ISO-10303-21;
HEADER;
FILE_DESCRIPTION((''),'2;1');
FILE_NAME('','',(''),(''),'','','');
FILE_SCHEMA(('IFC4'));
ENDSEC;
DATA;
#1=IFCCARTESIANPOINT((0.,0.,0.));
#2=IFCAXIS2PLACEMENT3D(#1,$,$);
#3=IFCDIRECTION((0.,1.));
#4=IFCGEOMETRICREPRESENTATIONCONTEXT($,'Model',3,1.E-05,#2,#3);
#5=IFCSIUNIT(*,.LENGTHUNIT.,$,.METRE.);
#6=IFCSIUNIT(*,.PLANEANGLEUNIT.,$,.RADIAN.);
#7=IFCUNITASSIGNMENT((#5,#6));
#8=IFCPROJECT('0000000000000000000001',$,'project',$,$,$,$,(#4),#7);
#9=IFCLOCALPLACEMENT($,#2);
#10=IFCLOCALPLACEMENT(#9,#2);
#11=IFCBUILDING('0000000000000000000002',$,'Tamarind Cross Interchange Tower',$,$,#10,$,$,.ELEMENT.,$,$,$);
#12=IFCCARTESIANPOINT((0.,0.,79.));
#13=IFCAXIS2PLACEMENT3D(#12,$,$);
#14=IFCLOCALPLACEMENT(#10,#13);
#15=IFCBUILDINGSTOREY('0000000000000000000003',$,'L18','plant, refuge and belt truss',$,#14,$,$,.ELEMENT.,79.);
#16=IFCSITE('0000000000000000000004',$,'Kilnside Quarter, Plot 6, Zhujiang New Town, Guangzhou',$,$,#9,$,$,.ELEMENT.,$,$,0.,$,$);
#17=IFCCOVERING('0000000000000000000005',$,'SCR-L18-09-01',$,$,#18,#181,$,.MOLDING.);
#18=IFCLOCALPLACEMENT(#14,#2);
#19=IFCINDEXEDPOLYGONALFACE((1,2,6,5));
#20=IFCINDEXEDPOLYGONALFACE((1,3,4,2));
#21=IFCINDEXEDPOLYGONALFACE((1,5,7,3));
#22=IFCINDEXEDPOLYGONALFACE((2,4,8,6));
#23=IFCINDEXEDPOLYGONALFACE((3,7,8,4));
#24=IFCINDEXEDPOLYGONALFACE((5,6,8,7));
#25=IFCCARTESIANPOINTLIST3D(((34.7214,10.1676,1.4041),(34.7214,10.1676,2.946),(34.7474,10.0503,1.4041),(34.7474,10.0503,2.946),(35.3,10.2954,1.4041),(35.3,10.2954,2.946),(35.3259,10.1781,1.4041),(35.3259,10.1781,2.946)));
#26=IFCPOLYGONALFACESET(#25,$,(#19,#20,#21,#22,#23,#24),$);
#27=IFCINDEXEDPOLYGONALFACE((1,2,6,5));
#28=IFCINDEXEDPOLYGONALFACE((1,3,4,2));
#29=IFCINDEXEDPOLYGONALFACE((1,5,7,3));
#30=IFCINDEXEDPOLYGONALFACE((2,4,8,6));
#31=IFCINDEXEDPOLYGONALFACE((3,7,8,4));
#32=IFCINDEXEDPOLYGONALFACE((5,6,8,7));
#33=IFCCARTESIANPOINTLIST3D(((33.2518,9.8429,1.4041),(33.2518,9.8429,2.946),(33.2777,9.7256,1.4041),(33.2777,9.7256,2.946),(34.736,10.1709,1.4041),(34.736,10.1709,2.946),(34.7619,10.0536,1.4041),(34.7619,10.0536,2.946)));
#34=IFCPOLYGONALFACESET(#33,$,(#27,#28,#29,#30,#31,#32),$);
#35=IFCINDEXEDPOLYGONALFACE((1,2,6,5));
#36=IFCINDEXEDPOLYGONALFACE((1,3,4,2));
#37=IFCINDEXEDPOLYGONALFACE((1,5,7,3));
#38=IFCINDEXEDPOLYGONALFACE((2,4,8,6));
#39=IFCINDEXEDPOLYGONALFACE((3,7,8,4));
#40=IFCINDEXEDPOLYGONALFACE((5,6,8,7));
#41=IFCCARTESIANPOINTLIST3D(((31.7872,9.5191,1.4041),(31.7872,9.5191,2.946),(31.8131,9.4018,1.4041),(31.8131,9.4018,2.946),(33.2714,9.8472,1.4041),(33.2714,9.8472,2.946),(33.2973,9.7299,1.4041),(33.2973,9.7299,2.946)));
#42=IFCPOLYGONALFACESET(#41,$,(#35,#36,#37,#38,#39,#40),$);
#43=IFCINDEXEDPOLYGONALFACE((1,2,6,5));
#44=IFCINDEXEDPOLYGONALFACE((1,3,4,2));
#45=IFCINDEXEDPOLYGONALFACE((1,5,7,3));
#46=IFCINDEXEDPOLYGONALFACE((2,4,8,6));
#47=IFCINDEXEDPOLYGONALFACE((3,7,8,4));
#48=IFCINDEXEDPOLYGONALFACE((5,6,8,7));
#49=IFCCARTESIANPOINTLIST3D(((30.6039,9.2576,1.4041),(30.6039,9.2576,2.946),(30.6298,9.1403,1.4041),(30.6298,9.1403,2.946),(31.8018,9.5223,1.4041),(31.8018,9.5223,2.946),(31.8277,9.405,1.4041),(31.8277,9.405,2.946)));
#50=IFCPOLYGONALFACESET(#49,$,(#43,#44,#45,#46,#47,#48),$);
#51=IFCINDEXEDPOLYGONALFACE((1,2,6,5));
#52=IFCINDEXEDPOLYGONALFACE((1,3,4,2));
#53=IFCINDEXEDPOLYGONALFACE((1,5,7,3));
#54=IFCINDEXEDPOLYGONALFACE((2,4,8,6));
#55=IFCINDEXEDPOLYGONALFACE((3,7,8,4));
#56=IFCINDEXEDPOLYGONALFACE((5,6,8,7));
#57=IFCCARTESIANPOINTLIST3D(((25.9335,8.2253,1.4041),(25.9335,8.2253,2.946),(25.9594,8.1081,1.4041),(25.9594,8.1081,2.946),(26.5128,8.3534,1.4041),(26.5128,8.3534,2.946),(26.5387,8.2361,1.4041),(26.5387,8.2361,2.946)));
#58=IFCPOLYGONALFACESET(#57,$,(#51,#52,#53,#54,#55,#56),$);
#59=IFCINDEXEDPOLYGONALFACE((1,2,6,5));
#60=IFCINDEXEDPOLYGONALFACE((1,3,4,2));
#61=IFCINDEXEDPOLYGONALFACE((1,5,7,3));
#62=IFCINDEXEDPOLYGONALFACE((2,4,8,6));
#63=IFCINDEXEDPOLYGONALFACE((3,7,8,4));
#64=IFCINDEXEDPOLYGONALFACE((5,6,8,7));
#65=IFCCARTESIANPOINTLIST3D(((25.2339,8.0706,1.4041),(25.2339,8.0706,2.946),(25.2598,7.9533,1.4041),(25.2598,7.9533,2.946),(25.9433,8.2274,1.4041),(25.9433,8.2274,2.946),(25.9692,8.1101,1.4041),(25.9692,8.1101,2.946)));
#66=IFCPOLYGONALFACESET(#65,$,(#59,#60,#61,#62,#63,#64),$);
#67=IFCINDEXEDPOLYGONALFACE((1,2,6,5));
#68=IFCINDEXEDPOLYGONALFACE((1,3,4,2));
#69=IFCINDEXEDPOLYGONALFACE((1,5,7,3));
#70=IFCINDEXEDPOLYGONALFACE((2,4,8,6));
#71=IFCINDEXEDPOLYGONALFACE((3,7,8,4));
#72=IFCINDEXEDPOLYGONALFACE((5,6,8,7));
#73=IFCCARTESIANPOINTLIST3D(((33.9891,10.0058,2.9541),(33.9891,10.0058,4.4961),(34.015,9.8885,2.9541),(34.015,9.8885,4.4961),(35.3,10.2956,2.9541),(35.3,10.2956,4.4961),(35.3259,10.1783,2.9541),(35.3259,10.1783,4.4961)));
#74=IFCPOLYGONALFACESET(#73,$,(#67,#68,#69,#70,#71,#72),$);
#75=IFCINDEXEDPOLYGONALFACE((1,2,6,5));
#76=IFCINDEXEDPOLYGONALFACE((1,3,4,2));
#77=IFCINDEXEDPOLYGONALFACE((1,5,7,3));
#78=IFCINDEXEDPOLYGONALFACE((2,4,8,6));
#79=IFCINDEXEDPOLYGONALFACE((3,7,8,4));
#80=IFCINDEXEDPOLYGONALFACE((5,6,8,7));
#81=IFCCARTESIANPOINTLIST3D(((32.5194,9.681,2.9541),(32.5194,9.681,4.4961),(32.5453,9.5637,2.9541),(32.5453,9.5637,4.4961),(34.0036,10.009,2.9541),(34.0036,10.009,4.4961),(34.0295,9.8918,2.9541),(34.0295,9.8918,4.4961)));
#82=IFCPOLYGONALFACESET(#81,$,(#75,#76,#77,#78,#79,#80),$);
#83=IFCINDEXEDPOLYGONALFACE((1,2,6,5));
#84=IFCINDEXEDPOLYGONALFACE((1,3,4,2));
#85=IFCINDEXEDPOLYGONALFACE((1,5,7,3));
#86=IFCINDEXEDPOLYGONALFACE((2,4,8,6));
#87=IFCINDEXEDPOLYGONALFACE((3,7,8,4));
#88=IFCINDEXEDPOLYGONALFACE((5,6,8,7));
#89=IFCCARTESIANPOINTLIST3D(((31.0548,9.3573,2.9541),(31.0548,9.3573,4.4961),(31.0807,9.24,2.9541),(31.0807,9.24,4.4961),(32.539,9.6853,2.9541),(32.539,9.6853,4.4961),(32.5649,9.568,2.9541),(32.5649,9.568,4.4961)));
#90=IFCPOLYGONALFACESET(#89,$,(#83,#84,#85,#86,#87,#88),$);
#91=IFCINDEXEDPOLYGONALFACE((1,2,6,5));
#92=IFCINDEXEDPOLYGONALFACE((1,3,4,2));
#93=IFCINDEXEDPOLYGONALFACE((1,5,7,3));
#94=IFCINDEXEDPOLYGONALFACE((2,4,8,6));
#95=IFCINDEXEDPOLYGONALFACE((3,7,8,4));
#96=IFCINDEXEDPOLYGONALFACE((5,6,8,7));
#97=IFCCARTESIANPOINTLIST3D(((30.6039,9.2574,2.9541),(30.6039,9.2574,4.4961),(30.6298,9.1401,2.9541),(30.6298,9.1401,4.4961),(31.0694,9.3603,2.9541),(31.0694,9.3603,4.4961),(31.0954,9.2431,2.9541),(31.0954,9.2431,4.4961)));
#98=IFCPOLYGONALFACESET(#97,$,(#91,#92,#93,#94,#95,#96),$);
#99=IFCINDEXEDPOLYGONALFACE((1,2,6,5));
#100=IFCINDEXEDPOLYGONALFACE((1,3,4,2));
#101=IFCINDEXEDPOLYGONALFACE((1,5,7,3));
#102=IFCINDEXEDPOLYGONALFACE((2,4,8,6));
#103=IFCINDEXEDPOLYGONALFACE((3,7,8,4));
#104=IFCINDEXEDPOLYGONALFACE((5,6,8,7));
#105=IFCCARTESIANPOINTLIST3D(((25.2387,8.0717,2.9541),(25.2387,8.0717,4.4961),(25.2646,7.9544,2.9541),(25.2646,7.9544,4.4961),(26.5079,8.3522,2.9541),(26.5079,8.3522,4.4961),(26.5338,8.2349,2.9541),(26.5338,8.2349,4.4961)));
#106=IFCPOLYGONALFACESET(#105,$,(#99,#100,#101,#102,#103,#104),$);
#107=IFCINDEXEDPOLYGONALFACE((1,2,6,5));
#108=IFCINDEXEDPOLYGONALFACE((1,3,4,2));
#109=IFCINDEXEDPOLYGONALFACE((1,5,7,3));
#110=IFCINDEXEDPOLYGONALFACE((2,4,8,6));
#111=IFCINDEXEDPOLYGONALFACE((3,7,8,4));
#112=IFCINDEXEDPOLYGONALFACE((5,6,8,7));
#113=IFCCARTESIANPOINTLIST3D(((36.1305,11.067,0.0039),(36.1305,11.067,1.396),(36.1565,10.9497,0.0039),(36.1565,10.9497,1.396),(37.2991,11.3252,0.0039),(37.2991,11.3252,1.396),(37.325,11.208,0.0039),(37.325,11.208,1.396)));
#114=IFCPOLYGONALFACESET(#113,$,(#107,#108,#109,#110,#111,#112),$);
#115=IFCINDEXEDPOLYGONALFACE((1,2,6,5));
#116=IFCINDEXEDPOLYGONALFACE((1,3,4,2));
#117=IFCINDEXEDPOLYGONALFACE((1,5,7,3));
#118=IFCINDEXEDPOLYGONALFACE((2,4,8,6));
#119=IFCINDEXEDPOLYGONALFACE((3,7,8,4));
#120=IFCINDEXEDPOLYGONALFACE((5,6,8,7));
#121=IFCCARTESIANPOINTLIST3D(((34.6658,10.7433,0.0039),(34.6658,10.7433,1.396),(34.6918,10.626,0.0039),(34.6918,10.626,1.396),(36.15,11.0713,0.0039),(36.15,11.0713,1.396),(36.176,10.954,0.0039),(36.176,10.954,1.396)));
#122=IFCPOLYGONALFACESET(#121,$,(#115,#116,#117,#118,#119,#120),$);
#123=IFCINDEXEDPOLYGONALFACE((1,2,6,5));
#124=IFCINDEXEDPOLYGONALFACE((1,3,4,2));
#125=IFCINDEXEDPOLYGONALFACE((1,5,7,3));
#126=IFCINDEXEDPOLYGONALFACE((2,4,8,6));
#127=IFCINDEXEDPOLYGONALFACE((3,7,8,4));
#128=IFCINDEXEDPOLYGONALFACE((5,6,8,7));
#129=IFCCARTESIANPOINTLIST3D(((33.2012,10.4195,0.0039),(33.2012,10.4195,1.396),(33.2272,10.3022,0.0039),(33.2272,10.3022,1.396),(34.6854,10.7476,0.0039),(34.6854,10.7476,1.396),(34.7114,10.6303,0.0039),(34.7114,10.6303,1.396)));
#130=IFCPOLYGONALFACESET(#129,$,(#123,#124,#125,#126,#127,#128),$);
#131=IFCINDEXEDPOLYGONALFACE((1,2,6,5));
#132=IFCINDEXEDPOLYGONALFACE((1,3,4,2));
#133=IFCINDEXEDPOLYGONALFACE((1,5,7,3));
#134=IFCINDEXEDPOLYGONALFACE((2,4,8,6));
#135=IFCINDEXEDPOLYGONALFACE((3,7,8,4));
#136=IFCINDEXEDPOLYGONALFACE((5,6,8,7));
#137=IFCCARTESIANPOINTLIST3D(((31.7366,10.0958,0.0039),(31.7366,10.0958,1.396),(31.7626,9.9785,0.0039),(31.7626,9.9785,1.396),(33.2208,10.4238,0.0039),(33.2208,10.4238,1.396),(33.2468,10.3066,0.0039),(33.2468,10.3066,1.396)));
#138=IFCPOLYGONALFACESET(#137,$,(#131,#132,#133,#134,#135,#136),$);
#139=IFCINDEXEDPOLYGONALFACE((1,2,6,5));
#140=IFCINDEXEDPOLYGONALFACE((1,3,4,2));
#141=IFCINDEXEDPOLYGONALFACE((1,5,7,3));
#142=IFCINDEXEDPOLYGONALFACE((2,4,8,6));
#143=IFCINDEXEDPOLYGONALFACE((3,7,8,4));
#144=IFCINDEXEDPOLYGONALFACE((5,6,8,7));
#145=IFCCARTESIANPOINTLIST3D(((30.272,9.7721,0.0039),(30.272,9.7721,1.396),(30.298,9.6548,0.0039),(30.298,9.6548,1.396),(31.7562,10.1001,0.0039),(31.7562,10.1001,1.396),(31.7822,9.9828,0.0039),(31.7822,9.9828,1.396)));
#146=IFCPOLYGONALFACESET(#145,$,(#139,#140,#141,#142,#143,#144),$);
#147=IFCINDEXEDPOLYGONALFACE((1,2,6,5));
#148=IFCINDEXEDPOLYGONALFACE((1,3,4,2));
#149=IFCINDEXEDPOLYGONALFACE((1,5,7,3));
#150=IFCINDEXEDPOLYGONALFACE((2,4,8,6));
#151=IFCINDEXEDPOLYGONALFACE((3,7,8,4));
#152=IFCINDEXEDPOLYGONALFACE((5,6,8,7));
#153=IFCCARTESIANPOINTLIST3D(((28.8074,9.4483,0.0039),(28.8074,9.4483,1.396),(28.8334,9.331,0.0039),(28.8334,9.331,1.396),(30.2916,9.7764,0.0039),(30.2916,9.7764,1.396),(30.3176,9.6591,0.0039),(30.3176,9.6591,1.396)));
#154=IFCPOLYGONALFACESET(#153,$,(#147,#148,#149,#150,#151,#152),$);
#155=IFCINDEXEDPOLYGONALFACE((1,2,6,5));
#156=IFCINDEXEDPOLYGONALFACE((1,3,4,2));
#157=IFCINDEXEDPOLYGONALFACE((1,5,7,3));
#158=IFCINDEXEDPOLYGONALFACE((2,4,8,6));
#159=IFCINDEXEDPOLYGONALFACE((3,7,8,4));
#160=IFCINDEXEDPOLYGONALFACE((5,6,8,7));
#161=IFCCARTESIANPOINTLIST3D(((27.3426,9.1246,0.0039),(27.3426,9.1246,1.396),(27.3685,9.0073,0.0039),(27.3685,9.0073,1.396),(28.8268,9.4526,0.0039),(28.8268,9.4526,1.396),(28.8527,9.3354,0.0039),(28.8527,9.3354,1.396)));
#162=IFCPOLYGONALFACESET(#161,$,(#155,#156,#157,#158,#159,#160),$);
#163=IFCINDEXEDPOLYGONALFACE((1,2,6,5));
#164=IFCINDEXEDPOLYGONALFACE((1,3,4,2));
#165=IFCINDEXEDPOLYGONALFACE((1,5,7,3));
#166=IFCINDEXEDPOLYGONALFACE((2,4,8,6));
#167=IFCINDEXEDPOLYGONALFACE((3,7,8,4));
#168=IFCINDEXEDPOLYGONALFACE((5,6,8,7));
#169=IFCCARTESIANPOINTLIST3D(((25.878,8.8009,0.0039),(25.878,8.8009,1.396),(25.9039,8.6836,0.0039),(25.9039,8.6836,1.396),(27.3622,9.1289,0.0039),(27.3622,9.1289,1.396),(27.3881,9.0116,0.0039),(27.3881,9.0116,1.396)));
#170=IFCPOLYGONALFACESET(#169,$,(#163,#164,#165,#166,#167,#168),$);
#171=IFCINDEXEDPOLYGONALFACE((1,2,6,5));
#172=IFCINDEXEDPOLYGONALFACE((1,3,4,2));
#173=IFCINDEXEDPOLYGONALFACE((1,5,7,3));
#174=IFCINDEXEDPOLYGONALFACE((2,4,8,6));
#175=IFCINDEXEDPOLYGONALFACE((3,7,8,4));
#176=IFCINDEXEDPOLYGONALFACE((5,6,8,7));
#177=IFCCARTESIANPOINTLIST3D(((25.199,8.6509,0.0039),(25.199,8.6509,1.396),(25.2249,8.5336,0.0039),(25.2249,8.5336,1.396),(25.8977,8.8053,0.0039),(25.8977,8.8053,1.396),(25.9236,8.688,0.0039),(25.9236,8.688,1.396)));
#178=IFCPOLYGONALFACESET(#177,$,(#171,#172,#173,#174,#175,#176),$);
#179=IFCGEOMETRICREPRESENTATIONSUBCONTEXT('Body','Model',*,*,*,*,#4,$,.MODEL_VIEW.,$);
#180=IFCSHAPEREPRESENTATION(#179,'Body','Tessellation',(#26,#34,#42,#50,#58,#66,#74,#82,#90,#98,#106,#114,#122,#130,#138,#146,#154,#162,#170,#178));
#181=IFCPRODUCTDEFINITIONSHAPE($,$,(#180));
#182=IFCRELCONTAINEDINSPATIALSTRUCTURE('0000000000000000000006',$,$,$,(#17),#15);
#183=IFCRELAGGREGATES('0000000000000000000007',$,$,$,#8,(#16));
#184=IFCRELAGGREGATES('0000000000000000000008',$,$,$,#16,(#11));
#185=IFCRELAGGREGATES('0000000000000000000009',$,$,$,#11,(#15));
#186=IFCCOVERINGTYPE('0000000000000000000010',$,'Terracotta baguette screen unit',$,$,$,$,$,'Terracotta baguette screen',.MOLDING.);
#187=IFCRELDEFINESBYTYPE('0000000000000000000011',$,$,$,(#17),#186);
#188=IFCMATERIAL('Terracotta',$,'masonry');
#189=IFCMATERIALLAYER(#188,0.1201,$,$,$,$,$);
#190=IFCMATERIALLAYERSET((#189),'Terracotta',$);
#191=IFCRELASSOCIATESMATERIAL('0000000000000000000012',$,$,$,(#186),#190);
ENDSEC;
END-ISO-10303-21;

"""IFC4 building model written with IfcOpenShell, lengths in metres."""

from ifc_helpers import new_model, si_unit, direction, frame, origin, origin_2d, place, context, subcontext, project, spatial, rectangle, extrude, material, layer, layer_set, type_object, element, save


model = new_model("IFC4")

# Units and contexts
model_context = context("Model", 3, precision=1e-05, world=origin(), true_north=direction((0.0, 1.0)))
body_context = subcontext(model_context, "Body", "Model", "MODEL_VIEW")
ifc_project = project(units=[si_unit("LENGTHUNIT", "METRE"), si_unit("PLANEANGLEUNIT", "RADIAN")], contexts=[model_context])

# Site, building, storey
site_placement = place(None, origin())
site = spatial("IfcSite", under=ifc_project, at=site_placement, Name="Kilnside Quarter, Plot 6, Zhujiang New Town, Guangzhou", CompositionType="ELEMENT", RefElevation=0.0)
building_placement = place(site_placement, origin())
building = spatial("IfcBuilding", under=site, at=building_placement, Name="Tamarind Cross Interchange Tower", CompositionType="ELEMENT")
storey_placement = place(building_placement, frame((0.0, 0.0, 79.0)))
storey = spatial("IfcBuildingStorey", under=building, at=storey_placement, Name="L18", Description="plant, refuge and belt truss", CompositionType="ELEMENT", Elevation=79.0)

# Covering
ifc_material_1 = material(Name="Terracotta", Category="masonry")
ifc_layer_1 = layer(ifc_material_1, 0.1201)
ifc_layer_set_1 = layer_set([ifc_layer_1], Name="Terracotta")
covering_type = type_object("IfcCoveringType", Name="Terracotta baguette screen unit", ElementType="Terracotta baguette screen", PredefinedType="MOLDING", material=ifc_layer_set_1)
covering_1_placement = place(storey_placement, origin())
element("IfcCovering", 1, at=covering_1_placement, inside=storey, type_object=covering_type, Name="SCR-L18-09-01", PredefinedType="MOLDING", context=body_context, shape_type="SweptSolid", body=[
    extrude(rectangle(XDim=0.5925, YDim=0.1201, at=origin_2d()), frame((35.0237, 10.1729, 1.4041), z_axis=(0.0, 0.0, 1.0), x_axis=(-0.976433, -0.21582, 0.0)), (0.0, 0.0, 1.0), 1.542),
    extrude(rectangle(XDim=1.52, YDim=0.1201, at=origin_2d()), frame((34.0068, 9.9482, 1.4041), z_axis=(0.0, 0.0, 1.0), x_axis=(-0.976433, -0.21582, 0.0)), (0.0, 0.0, 1.0), 1.542),
    extrude(rectangle(XDim=1.52, YDim=0.1201, at=origin_2d()), frame((32.5422, 9.6245, 1.4041), z_axis=(0.0, 0.0, 1.0), x_axis=(-0.976433, -0.21582, 0.0)), (0.0, 0.0, 1.0), 1.542),
    extrude(rectangle(XDim=1.2268, YDim=0.1201, at=origin_2d()), frame((31.2158, 9.3313, 1.4041), z_axis=(0.0, 0.0, 1.0), x_axis=(-0.976433, -0.21582, 0.0)), (0.0, 0.0, 1.0), 1.542),
    extrude(rectangle(XDim=0.5933, YDim=0.1201, at=origin_2d()), frame((26.2361, 8.2307, 1.4041), z_axis=(0.0, 0.0, 1.0), x_axis=(-0.976433, -0.21582, 0.0)), (0.0, 0.0, 1.0), 1.542),
    extrude(rectangle(XDim=0.7266, YDim=0.1201, at=origin_2d()), frame((25.6016, 8.0903, 1.4041), z_axis=(0.0, 0.0, 1.0), x_axis=(-0.976433, -0.21582, 0.0)), (0.0, 0.0, 1.0), 1.542),
    extrude(rectangle(XDim=1.3425, YDim=0.1201, at=origin_2d()), frame((34.6575, 10.092, 2.9541), z_axis=(0.0, 0.0, 1.0), x_axis=(-0.976433, -0.21582, 0.0)), (0.0, 0.0, 1.0), 1.542),
    extrude(rectangle(XDim=1.52, YDim=0.1201, at=origin_2d()), frame((33.2744, 9.7864, 2.9541), z_axis=(0.0, 0.0, 1.0), x_axis=(-0.976433, -0.21582, 0.0)), (0.0, 0.0, 1.0), 1.542),
    extrude(rectangle(XDim=1.52, YDim=0.1201, at=origin_2d()), frame((31.8098, 9.4626, 2.9541), z_axis=(0.0, 0.0, 1.0), x_axis=(-0.976433, -0.21582, 0.0)), (0.0, 0.0, 1.0), 1.542),
    extrude(rectangle(XDim=0.4768, YDim=0.1201, at=origin_2d()), frame((30.8496, 9.2502, 2.9541), z_axis=(0.0, 0.0, 1.0), x_axis=(-0.976433, -0.21582, 0.0)), (0.0, 0.0, 1.0), 1.542),
    extrude(rectangle(XDim=1.2998, YDim=0.1201, at=origin_2d()), frame((25.8862, 8.1533, 2.9541), z_axis=(0.0, 0.0, 1.0), x_axis=(-0.976433, -0.21582, 0.0)), (0.0, 0.0, 1.0), 1.542),
    extrude(rectangle(XDim=1.1968, YDim=0.1201, at=origin_2d()), frame((36.7278, 11.1375, 0.0039), z_axis=(0.0, 0.0, 1.0), x_axis=(-0.976433, -0.21582, 0.0)), (0.0, 0.0, 1.0), 1.3921),
    extrude(rectangle(XDim=1.52, YDim=0.1201, at=origin_2d()), frame((35.4209, 10.8486, 0.0039), z_axis=(0.0, 0.0, 1.0), x_axis=(-0.976433, -0.21582, 0.0)), (0.0, 0.0, 1.0), 1.3921),
    extrude(rectangle(XDim=1.52, YDim=0.1201, at=origin_2d()), frame((33.9563, 10.5249, 0.0039), z_axis=(0.0, 0.0, 1.0), x_axis=(-0.976433, -0.21582, 0.0)), (0.0, 0.0, 1.0), 1.3921),
    extrude(rectangle(XDim=1.52, YDim=0.1201, at=origin_2d()), frame((32.4917, 10.2012, 0.0039), z_axis=(0.0, 0.0, 1.0), x_axis=(-0.976433, -0.21582, 0.0)), (0.0, 0.0, 1.0), 1.3921),
    extrude(rectangle(XDim=1.52, YDim=0.1201, at=origin_2d()), frame((31.0271, 9.8774, 0.0039), z_axis=(0.0, 0.0, 1.0), x_axis=(-0.976433, -0.21582, 0.0)), (0.0, 0.0, 1.0), 1.3921),
    extrude(rectangle(XDim=1.52, YDim=0.1201, at=origin_2d()), frame((29.5625, 9.5537, 0.0039), z_axis=(0.0, 0.0, 1.0), x_axis=(-0.976433, -0.21582, 0.0)), (0.0, 0.0, 1.0), 1.3921),
    extrude(rectangle(XDim=1.52, YDim=0.1201, at=origin_2d()), frame((28.0977, 9.23, 0.0039), z_axis=(0.0, 0.0, 1.0), x_axis=(-0.976433, -0.21582, 0.0)), (0.0, 0.0, 1.0), 1.3921),
    extrude(rectangle(XDim=1.52, YDim=0.1201, at=origin_2d()), frame((26.6331, 8.9062, 0.0039), z_axis=(0.0, 0.0, 1.0), x_axis=(-0.976433, -0.21582, 0.0)), (0.0, 0.0, 1.0), 1.3921),
    extrude(rectangle(XDim=0.7156, YDim=0.1201, at=origin_2d()), frame((25.5613, 8.6694, 0.0039), z_axis=(0.0, 0.0, 1.0), x_axis=(-0.976433, -0.21582, 0.0)), (0.0, 0.0, 1.0), 1.3921),
])

save(model, "model.ifc")
